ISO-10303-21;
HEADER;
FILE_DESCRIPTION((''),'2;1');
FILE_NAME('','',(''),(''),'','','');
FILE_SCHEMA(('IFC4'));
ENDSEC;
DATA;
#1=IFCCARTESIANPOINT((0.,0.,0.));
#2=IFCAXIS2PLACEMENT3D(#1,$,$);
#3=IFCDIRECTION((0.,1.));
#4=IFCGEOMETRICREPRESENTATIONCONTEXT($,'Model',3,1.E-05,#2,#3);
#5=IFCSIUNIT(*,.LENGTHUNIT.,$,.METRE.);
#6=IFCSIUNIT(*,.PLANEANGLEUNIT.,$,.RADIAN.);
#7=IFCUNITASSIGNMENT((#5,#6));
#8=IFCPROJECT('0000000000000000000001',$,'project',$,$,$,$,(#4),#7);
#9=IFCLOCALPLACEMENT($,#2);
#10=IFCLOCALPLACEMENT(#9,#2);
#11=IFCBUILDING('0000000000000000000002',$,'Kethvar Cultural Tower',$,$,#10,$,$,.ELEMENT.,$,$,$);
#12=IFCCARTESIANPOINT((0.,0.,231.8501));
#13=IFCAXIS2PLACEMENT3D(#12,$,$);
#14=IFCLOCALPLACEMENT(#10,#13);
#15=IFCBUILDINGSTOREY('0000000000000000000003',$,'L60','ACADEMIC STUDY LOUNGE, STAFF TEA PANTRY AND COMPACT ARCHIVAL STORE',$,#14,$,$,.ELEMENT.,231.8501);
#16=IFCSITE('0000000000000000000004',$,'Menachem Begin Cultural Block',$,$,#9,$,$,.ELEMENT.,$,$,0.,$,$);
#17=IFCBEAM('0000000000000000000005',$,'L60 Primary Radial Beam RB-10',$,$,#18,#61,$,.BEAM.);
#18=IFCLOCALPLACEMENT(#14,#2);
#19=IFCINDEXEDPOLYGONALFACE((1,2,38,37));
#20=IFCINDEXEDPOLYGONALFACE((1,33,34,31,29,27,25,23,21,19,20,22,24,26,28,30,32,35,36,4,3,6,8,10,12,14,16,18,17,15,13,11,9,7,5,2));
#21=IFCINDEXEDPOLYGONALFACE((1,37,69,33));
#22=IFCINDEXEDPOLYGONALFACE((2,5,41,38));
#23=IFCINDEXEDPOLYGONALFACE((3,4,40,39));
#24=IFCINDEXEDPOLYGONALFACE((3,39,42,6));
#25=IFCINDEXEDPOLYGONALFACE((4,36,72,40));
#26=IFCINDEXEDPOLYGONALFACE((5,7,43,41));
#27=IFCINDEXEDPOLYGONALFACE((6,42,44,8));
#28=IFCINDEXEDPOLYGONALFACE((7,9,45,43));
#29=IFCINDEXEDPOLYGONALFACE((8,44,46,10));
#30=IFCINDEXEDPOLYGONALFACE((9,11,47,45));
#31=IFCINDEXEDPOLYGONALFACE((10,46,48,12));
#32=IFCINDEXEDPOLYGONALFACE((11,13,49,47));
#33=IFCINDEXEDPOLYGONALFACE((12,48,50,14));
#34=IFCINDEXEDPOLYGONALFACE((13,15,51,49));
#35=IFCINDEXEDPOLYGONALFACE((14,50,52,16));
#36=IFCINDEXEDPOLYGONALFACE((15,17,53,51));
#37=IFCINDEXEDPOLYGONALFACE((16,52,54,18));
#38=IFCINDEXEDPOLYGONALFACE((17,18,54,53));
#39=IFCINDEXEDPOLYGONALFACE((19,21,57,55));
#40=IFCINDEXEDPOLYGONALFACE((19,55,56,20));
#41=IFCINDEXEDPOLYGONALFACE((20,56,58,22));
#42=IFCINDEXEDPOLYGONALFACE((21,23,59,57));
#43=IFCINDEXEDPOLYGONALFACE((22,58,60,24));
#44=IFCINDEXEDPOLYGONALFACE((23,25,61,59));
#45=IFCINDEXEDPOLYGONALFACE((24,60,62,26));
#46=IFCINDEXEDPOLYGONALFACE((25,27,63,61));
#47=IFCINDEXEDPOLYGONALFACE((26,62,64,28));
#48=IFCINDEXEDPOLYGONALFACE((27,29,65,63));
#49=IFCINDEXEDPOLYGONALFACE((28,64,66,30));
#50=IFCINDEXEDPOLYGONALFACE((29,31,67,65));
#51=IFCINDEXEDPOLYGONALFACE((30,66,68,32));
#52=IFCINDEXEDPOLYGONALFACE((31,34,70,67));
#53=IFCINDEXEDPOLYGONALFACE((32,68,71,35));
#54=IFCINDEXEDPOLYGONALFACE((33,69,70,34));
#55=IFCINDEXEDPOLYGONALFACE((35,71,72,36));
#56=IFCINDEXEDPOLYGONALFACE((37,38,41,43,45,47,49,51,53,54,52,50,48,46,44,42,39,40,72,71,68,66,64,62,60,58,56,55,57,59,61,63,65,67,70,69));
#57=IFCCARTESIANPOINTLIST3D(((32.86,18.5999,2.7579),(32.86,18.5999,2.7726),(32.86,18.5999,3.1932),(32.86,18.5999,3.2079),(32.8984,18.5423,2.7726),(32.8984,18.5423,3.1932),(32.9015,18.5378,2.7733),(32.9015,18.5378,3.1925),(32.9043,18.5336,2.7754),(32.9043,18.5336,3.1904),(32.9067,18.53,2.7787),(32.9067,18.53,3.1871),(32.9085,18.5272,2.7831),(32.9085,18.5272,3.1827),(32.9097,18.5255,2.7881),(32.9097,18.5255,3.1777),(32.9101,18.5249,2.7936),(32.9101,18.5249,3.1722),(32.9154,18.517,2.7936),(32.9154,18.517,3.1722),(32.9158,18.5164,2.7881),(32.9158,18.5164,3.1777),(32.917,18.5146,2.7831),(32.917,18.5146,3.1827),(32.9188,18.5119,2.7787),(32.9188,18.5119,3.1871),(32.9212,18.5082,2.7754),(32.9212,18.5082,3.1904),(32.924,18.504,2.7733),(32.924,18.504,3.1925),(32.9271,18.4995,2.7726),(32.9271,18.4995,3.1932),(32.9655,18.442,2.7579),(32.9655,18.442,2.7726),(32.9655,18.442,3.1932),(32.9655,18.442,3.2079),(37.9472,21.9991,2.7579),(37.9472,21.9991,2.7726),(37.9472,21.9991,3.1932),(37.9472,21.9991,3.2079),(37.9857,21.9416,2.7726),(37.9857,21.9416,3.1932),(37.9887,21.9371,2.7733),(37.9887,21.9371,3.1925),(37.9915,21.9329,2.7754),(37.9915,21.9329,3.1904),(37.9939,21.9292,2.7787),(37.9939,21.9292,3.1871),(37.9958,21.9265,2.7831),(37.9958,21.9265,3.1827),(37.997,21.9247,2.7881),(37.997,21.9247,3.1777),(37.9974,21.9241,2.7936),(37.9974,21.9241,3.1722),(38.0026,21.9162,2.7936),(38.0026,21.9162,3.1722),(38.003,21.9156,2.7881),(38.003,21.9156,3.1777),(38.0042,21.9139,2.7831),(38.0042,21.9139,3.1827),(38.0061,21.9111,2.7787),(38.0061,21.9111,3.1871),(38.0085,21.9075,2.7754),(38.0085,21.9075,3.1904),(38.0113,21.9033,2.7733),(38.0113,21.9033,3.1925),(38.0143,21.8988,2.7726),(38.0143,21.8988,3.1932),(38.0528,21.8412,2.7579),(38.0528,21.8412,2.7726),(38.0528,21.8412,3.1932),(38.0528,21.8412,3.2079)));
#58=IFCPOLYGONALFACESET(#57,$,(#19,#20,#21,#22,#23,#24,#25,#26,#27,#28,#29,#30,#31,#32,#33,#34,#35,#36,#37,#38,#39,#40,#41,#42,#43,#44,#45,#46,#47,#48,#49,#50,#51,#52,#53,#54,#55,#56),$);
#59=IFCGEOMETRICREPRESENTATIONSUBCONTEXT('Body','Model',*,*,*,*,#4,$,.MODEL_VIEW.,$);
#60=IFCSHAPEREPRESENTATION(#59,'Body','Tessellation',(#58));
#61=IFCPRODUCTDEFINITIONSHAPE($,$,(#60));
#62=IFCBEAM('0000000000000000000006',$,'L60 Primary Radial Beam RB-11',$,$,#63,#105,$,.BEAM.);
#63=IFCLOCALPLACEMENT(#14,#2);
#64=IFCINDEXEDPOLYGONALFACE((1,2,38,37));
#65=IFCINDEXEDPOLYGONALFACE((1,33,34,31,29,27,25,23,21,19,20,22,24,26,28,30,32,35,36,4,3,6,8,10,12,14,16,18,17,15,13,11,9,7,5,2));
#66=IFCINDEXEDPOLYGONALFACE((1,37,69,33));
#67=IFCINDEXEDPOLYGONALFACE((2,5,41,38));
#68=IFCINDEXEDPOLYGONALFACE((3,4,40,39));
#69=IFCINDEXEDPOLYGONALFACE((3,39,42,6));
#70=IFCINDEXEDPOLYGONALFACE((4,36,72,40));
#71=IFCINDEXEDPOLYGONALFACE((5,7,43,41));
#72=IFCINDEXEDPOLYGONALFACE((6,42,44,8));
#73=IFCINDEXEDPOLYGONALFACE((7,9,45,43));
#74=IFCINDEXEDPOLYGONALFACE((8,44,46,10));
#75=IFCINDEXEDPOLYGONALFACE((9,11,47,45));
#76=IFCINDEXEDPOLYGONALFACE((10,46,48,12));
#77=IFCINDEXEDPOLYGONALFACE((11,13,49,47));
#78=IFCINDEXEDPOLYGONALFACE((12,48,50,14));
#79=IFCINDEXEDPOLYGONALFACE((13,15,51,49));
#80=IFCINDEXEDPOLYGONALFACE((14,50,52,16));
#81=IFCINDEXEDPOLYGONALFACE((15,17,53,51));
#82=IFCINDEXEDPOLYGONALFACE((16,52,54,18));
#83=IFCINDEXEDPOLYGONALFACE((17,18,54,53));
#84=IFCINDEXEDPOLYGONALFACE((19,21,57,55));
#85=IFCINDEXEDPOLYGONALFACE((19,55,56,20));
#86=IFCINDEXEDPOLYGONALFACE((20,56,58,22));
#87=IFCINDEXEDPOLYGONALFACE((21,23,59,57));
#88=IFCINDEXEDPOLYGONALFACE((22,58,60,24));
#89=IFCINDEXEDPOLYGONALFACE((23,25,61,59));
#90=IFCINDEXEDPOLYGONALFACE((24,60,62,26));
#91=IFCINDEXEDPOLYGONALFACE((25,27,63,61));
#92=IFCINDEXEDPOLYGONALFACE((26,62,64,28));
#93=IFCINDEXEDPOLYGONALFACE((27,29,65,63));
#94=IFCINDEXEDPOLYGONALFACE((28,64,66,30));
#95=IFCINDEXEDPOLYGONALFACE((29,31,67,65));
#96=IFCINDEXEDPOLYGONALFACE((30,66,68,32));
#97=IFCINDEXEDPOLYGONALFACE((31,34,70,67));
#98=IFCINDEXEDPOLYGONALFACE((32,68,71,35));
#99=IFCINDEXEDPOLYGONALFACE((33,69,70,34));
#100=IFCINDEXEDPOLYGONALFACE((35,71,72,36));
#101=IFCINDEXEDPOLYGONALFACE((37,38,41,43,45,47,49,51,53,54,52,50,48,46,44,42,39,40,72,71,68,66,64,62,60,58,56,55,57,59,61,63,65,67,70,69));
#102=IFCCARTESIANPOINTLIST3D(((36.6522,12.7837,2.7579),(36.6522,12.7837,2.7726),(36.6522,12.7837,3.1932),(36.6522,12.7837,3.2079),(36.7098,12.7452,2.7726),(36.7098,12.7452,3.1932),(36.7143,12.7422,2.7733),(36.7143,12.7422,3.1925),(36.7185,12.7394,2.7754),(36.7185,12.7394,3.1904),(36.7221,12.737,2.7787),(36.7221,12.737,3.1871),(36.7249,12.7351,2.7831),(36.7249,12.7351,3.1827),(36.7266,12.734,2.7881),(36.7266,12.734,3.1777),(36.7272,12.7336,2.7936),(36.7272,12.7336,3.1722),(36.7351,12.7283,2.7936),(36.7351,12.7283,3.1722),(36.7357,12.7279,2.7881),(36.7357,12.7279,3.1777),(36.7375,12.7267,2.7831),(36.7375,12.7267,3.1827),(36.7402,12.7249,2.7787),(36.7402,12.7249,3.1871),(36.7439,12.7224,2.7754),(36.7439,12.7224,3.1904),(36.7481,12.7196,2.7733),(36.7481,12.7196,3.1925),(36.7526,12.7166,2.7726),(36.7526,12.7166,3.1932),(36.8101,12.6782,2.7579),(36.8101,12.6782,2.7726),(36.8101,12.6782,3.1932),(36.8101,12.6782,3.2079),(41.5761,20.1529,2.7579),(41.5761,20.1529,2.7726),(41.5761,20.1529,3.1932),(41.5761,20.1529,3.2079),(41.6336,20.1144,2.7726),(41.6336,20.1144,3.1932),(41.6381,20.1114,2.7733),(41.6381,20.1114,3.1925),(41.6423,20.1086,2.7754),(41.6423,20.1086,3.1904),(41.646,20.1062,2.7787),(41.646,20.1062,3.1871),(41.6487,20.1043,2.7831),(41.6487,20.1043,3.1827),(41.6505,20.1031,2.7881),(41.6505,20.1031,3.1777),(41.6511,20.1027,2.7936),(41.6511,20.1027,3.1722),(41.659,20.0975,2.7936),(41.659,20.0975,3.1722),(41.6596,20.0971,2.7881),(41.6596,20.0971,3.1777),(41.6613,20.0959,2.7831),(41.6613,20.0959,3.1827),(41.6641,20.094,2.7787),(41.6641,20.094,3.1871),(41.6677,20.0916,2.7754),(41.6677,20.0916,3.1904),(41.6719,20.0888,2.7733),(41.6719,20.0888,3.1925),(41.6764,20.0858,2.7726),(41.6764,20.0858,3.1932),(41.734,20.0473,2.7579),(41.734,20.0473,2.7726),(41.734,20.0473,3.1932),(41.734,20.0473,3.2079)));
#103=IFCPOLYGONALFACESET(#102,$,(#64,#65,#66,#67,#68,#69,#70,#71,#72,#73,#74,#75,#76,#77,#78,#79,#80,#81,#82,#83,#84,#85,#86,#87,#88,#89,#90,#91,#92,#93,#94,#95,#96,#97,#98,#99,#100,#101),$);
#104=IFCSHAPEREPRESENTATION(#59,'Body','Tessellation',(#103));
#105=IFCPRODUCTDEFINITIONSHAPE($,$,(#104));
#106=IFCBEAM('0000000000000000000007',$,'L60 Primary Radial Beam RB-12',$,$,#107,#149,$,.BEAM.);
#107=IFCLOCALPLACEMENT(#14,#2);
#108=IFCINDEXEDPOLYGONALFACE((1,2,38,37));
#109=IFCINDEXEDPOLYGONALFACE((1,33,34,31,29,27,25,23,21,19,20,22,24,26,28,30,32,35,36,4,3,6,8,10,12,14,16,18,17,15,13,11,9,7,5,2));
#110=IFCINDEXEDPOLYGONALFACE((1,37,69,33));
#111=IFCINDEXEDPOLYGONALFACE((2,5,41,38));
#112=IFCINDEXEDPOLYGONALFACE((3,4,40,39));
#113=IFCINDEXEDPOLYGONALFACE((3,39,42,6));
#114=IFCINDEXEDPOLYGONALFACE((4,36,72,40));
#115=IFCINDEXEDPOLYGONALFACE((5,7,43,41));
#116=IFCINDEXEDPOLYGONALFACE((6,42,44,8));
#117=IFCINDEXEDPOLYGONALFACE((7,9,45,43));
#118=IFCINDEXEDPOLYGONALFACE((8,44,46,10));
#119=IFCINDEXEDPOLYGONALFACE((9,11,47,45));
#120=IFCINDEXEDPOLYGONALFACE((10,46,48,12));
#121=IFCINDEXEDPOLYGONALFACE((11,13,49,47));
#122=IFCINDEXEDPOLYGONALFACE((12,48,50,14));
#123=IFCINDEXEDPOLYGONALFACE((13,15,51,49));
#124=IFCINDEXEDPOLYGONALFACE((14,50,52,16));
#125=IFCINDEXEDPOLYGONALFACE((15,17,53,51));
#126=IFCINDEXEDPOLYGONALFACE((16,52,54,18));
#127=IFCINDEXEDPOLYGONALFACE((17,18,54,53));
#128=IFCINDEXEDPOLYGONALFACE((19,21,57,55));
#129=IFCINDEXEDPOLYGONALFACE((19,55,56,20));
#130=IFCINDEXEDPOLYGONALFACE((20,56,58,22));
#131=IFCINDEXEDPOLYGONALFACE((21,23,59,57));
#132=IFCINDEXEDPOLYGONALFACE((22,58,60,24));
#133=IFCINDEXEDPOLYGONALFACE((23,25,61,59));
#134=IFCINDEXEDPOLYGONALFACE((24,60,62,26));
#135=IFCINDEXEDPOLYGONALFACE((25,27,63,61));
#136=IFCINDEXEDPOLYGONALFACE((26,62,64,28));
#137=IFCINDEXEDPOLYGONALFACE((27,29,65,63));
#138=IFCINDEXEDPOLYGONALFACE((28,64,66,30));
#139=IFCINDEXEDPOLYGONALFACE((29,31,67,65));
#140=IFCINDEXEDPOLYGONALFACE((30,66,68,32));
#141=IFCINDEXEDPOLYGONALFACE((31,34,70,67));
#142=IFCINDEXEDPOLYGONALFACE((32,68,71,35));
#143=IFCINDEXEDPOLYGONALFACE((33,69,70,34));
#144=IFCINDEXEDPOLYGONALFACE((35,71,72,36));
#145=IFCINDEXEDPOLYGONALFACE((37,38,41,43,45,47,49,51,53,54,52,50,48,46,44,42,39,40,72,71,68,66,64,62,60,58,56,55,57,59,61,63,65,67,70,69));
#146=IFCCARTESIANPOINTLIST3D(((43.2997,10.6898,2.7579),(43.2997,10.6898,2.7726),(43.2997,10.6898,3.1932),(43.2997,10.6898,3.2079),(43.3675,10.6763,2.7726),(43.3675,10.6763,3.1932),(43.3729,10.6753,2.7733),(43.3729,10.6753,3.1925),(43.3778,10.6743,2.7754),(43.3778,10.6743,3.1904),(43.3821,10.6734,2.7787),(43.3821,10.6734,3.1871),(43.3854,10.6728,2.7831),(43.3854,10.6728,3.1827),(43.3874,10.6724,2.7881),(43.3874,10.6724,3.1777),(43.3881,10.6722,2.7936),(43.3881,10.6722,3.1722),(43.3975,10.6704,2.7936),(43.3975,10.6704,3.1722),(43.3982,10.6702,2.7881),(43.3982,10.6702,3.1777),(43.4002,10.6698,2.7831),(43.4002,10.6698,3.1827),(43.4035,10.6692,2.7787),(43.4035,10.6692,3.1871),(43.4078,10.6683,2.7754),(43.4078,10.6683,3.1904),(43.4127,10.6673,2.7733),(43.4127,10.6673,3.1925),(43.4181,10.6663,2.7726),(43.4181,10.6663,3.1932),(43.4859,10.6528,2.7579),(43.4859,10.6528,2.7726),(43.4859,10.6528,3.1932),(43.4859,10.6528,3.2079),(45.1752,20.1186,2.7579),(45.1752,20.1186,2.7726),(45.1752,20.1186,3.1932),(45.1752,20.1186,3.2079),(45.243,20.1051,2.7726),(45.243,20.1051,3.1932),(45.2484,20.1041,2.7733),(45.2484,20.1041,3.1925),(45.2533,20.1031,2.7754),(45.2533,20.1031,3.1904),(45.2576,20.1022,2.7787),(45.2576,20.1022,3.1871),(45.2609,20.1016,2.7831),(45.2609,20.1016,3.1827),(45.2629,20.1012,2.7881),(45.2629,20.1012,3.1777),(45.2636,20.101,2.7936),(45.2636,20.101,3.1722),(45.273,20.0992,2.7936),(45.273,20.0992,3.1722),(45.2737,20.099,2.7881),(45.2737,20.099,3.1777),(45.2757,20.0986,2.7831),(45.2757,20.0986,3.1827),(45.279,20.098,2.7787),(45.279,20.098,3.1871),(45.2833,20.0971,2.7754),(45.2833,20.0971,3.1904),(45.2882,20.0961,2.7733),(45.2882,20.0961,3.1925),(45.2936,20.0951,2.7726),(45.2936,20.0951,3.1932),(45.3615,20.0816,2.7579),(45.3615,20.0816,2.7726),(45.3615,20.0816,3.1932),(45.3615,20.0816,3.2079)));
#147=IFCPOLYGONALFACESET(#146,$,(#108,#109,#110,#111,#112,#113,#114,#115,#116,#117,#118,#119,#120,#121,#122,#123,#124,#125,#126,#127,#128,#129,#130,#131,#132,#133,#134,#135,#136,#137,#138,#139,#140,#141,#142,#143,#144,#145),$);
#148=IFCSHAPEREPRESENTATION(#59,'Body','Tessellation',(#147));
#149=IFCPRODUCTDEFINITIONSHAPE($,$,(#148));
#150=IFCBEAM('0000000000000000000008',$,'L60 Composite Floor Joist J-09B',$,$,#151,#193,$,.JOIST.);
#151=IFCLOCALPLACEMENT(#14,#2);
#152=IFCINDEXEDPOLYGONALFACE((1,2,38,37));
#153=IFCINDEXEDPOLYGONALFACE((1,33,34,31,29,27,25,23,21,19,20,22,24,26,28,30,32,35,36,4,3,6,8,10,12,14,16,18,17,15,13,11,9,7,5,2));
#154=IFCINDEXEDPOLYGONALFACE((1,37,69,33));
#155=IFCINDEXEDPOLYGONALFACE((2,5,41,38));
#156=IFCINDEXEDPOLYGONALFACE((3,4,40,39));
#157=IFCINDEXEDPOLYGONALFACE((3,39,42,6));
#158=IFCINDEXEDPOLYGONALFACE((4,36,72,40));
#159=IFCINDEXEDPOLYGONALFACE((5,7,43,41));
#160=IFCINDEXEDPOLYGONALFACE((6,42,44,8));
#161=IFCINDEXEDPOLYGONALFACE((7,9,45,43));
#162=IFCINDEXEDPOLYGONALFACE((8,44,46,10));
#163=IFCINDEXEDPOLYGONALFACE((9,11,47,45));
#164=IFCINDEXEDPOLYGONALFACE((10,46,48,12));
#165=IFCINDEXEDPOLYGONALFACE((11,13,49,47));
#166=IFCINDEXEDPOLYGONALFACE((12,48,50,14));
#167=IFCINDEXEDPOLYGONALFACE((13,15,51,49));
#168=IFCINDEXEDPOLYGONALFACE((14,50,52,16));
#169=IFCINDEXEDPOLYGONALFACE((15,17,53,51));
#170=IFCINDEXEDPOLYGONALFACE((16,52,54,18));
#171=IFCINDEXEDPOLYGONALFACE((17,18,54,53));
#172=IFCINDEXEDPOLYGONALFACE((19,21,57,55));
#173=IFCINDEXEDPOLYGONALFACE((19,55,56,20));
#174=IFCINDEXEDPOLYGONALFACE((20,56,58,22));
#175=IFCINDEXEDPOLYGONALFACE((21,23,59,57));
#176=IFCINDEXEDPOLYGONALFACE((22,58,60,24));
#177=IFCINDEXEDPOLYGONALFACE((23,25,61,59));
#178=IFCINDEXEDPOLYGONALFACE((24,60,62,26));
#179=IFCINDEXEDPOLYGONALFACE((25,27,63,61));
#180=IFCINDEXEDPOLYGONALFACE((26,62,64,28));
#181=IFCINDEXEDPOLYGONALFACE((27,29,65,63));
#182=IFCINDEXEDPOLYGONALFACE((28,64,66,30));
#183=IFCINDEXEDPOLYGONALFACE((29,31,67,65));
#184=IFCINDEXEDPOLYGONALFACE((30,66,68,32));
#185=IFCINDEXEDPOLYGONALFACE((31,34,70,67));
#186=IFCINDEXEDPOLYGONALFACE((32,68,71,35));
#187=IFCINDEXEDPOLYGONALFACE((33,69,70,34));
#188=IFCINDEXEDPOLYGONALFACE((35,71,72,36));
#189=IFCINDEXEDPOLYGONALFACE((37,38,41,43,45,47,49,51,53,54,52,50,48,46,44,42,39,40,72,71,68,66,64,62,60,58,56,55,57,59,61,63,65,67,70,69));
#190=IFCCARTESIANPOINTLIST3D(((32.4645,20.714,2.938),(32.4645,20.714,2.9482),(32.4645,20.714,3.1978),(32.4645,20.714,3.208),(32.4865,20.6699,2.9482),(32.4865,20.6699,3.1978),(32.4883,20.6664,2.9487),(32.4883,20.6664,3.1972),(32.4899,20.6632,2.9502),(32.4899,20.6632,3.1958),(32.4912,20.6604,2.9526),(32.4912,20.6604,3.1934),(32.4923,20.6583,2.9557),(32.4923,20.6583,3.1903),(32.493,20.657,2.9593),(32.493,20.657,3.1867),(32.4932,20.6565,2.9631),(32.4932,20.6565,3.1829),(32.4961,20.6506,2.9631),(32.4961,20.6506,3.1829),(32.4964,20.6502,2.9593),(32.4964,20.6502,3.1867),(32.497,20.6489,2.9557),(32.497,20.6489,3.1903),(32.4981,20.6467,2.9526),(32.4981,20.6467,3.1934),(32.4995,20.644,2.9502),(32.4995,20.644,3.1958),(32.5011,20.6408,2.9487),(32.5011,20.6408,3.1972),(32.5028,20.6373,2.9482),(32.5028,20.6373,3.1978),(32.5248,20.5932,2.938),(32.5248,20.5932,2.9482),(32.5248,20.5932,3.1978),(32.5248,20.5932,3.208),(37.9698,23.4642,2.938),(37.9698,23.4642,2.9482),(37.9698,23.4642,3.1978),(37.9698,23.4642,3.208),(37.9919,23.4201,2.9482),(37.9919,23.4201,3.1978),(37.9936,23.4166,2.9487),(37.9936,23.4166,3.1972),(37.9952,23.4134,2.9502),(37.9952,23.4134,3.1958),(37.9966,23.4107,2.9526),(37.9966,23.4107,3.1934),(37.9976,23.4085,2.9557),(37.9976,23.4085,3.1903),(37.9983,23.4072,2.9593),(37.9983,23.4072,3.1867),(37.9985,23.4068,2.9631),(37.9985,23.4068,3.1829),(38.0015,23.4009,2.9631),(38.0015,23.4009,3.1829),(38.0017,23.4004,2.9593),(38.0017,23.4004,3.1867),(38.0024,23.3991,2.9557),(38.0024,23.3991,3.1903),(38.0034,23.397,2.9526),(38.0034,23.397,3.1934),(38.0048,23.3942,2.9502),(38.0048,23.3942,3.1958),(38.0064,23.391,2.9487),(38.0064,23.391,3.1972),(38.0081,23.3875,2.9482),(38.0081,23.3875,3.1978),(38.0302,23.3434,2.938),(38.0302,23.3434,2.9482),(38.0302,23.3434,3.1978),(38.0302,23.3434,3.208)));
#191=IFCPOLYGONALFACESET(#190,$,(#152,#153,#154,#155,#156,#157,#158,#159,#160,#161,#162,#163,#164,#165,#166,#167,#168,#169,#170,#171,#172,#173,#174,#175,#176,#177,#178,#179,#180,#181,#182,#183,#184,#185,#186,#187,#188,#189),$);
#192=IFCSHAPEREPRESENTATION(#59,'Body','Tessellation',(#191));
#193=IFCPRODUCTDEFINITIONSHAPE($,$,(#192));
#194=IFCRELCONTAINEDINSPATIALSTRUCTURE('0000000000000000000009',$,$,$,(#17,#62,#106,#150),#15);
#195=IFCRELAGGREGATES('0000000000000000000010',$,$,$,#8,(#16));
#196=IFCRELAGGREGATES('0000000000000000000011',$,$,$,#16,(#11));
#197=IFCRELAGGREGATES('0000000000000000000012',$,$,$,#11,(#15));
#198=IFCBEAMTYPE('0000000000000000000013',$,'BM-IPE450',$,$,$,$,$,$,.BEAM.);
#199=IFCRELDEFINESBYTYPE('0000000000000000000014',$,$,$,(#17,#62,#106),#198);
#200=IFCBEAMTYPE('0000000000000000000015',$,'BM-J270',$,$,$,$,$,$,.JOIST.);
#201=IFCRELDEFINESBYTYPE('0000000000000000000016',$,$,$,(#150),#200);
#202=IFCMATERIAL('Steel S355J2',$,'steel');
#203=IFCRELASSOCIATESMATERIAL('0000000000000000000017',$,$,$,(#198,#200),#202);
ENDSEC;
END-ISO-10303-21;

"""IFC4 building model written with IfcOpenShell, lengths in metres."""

from ifc_helpers import new_model, si_unit, direction, frame, origin, origin_2d, place, context, subcontext, project, spatial, i_section, extrude, source, transform, mapped, material, material_profile, profile_set, type_object, element, save


model = new_model("IFC4")

# Units and contexts
model_context = context("Model", 3, precision=1e-05, world=origin(), true_north=direction((0.0, 1.0)))
body_context = subcontext(model_context, "Body", "Model", "MODEL_VIEW")
ifc_project = project(units=[si_unit("LENGTHUNIT", "METRE"), si_unit("PLANEANGLEUNIT", "RADIAN")], contexts=[model_context])

# Site, building, storey
site_placement = place(None, origin())
site = spatial("IfcSite", under=ifc_project, at=site_placement, Name="Menachem Begin Cultural Block", CompositionType="ELEMENT", RefElevation=0.0)
building_placement = place(site_placement, origin())
building = spatial("IfcBuilding", under=site, at=building_placement, Name="Kethvar Cultural Tower", CompositionType="ELEMENT")
storey_placement = place(building_placement, frame((0.0, 0.0, 231.8501)))
storey = spatial("IfcBuildingStorey", under=building, at=storey_placement, Name="L60", Description="ACADEMIC STUDY LOUNGE, STAFF TEA PANTRY AND COMPACT ARCHIVAL STORE", CompositionType="ELEMENT", Elevation=231.8501)

# Beams
ifc_material_1 = material(Name="Steel S355J2", Category="steel")
ifc_material_profile_1 = material_profile(ifc_material_1, i_section(OverallWidth=0.1899, OverallDepth=0.45, WebThickness=0.0095, FlangeThickness=0.0146, FilletRadius=0.021, at=origin_2d()), Name="Steel S355J2 — IPE450")
ifc_profile_set_1 = profile_set([ifc_material_profile_1], Name="Steel S355J2 — IPE450")
beam_type_1 = type_object("IfcBeamType", Name="BM-IPE450", PredefinedType="BEAM", material=ifc_profile_set_1)
shared_shape_1 = source(origin(), body_context, "Body", "SweptSolid", [
    extrude(i_section(OverallWidth=0.1899, OverallDepth=0.45, WebThickness=0.0095, FlangeThickness=0.0146, FilletRadius=0.021, at=origin_2d()), origin(), (0.0, 0.0, 1.0), 6.1184),
])
beam_1_placement = place(storey_placement, frame((38.0, 21.9202, 2.9829), z_axis=(-0.831467, -0.555575, 0.0), x_axis=(0.555575, -0.831467, 0.0)))
element("IfcBeam", 1, at=beam_1_placement, inside=storey, type_object=beam_type_1, Name="L60 Primary Radial Beam RB-10", PredefinedType="BEAM", context=body_context, shape_type="MappedRepresentation", body=[
    mapped(shared_shape_1, transform((0.0, 0.0, 0.0), scale=1.0)),
])
shared_shape_2 = source(origin(), body_context, "Body", "SweptSolid", [
    extrude(i_section(OverallWidth=0.1899, OverallDepth=0.45, WebThickness=0.0095, FlangeThickness=0.0146, FilletRadius=0.021, at=origin_2d()), origin(), (0.0, 0.0, 1.0), 8.8628),
])
beam_2_placement = place(storey_placement, frame((41.655, 20.1001, 2.9829), z_axis=(-0.555564, -0.831473, 0.0), x_axis=(0.831473, -0.555564, 0.0)))
element("IfcBeam", 2, at=beam_2_placement, inside=storey, type_object=beam_type_1, Name="L60 Primary Radial Beam RB-11", PredefinedType="BEAM", context=body_context, shape_type="MappedRepresentation", body=[
    mapped(shared_shape_2, transform((0.0, 0.0, 0.0), scale=1.0)),
])
shared_shape_3 = source(origin(), body_context, "Body", "SweptSolid", [
    extrude(i_section(OverallWidth=0.1899, OverallDepth=0.45, WebThickness=0.0095, FlangeThickness=0.0146, FilletRadius=0.021, at=origin_2d()), origin(), (0.0, 0.0, 1.0), 9.6135),
])
beam_3_placement = place(storey_placement, frame((45.2683, 20.1001, 2.9829), z_axis=(-0.19509, -0.980785, 0.0), x_axis=(0.980785, -0.19509, 0.0)))
element("IfcBeam", 3, at=beam_3_placement, inside=storey, type_object=beam_type_1, Name="L60 Primary Radial Beam RB-12", PredefinedType="BEAM", context=body_context, shape_type="MappedRepresentation", body=[
    mapped(shared_shape_3, transform((0.0, 0.0, 0.0), scale=1.0)),
])
ifc_material_profile_2 = material_profile(ifc_material_1, i_section(OverallWidth=0.135, OverallDepth=0.27, WebThickness=0.0066, FlangeThickness=0.0103, FilletRadius=0.0149, at=origin_2d()), Name="Steel S355J2 — IPE270")
ifc_profile_set_2 = profile_set([ifc_material_profile_2], Name="Steel S355J2 — IPE270")
beam_type_2 = type_object("IfcBeamType", Name="BM-J270", PredefinedType="JOIST", material=ifc_profile_set_2)
shared_shape_4 = source(origin(), body_context, "Body", "SweptSolid", [
    extrude(i_section(OverallWidth=0.135, OverallDepth=0.27, WebThickness=0.0066, FlangeThickness=0.0103, FilletRadius=0.0149, at=origin_2d()), origin(), (0.0, 0.0, 1.0), 6.1541),
])
beam_4_placement = place(storey_placement, frame((38.0, 23.4038, 3.073), z_axis=(-0.894586, -0.446896, 0.0), x_axis=(0.446896, -0.894586, 0.0)))
element("IfcBeam", 4, at=beam_4_placement, inside=storey, type_object=beam_type_2, Name="L60 Composite Floor Joist J-09B", PredefinedType="JOIST", context=body_context, shape_type="MappedRepresentation", body=[
    mapped(shared_shape_4, transform((0.0, 0.0, 0.0), scale=1.0)),
])

save(model, "model.ifc")
